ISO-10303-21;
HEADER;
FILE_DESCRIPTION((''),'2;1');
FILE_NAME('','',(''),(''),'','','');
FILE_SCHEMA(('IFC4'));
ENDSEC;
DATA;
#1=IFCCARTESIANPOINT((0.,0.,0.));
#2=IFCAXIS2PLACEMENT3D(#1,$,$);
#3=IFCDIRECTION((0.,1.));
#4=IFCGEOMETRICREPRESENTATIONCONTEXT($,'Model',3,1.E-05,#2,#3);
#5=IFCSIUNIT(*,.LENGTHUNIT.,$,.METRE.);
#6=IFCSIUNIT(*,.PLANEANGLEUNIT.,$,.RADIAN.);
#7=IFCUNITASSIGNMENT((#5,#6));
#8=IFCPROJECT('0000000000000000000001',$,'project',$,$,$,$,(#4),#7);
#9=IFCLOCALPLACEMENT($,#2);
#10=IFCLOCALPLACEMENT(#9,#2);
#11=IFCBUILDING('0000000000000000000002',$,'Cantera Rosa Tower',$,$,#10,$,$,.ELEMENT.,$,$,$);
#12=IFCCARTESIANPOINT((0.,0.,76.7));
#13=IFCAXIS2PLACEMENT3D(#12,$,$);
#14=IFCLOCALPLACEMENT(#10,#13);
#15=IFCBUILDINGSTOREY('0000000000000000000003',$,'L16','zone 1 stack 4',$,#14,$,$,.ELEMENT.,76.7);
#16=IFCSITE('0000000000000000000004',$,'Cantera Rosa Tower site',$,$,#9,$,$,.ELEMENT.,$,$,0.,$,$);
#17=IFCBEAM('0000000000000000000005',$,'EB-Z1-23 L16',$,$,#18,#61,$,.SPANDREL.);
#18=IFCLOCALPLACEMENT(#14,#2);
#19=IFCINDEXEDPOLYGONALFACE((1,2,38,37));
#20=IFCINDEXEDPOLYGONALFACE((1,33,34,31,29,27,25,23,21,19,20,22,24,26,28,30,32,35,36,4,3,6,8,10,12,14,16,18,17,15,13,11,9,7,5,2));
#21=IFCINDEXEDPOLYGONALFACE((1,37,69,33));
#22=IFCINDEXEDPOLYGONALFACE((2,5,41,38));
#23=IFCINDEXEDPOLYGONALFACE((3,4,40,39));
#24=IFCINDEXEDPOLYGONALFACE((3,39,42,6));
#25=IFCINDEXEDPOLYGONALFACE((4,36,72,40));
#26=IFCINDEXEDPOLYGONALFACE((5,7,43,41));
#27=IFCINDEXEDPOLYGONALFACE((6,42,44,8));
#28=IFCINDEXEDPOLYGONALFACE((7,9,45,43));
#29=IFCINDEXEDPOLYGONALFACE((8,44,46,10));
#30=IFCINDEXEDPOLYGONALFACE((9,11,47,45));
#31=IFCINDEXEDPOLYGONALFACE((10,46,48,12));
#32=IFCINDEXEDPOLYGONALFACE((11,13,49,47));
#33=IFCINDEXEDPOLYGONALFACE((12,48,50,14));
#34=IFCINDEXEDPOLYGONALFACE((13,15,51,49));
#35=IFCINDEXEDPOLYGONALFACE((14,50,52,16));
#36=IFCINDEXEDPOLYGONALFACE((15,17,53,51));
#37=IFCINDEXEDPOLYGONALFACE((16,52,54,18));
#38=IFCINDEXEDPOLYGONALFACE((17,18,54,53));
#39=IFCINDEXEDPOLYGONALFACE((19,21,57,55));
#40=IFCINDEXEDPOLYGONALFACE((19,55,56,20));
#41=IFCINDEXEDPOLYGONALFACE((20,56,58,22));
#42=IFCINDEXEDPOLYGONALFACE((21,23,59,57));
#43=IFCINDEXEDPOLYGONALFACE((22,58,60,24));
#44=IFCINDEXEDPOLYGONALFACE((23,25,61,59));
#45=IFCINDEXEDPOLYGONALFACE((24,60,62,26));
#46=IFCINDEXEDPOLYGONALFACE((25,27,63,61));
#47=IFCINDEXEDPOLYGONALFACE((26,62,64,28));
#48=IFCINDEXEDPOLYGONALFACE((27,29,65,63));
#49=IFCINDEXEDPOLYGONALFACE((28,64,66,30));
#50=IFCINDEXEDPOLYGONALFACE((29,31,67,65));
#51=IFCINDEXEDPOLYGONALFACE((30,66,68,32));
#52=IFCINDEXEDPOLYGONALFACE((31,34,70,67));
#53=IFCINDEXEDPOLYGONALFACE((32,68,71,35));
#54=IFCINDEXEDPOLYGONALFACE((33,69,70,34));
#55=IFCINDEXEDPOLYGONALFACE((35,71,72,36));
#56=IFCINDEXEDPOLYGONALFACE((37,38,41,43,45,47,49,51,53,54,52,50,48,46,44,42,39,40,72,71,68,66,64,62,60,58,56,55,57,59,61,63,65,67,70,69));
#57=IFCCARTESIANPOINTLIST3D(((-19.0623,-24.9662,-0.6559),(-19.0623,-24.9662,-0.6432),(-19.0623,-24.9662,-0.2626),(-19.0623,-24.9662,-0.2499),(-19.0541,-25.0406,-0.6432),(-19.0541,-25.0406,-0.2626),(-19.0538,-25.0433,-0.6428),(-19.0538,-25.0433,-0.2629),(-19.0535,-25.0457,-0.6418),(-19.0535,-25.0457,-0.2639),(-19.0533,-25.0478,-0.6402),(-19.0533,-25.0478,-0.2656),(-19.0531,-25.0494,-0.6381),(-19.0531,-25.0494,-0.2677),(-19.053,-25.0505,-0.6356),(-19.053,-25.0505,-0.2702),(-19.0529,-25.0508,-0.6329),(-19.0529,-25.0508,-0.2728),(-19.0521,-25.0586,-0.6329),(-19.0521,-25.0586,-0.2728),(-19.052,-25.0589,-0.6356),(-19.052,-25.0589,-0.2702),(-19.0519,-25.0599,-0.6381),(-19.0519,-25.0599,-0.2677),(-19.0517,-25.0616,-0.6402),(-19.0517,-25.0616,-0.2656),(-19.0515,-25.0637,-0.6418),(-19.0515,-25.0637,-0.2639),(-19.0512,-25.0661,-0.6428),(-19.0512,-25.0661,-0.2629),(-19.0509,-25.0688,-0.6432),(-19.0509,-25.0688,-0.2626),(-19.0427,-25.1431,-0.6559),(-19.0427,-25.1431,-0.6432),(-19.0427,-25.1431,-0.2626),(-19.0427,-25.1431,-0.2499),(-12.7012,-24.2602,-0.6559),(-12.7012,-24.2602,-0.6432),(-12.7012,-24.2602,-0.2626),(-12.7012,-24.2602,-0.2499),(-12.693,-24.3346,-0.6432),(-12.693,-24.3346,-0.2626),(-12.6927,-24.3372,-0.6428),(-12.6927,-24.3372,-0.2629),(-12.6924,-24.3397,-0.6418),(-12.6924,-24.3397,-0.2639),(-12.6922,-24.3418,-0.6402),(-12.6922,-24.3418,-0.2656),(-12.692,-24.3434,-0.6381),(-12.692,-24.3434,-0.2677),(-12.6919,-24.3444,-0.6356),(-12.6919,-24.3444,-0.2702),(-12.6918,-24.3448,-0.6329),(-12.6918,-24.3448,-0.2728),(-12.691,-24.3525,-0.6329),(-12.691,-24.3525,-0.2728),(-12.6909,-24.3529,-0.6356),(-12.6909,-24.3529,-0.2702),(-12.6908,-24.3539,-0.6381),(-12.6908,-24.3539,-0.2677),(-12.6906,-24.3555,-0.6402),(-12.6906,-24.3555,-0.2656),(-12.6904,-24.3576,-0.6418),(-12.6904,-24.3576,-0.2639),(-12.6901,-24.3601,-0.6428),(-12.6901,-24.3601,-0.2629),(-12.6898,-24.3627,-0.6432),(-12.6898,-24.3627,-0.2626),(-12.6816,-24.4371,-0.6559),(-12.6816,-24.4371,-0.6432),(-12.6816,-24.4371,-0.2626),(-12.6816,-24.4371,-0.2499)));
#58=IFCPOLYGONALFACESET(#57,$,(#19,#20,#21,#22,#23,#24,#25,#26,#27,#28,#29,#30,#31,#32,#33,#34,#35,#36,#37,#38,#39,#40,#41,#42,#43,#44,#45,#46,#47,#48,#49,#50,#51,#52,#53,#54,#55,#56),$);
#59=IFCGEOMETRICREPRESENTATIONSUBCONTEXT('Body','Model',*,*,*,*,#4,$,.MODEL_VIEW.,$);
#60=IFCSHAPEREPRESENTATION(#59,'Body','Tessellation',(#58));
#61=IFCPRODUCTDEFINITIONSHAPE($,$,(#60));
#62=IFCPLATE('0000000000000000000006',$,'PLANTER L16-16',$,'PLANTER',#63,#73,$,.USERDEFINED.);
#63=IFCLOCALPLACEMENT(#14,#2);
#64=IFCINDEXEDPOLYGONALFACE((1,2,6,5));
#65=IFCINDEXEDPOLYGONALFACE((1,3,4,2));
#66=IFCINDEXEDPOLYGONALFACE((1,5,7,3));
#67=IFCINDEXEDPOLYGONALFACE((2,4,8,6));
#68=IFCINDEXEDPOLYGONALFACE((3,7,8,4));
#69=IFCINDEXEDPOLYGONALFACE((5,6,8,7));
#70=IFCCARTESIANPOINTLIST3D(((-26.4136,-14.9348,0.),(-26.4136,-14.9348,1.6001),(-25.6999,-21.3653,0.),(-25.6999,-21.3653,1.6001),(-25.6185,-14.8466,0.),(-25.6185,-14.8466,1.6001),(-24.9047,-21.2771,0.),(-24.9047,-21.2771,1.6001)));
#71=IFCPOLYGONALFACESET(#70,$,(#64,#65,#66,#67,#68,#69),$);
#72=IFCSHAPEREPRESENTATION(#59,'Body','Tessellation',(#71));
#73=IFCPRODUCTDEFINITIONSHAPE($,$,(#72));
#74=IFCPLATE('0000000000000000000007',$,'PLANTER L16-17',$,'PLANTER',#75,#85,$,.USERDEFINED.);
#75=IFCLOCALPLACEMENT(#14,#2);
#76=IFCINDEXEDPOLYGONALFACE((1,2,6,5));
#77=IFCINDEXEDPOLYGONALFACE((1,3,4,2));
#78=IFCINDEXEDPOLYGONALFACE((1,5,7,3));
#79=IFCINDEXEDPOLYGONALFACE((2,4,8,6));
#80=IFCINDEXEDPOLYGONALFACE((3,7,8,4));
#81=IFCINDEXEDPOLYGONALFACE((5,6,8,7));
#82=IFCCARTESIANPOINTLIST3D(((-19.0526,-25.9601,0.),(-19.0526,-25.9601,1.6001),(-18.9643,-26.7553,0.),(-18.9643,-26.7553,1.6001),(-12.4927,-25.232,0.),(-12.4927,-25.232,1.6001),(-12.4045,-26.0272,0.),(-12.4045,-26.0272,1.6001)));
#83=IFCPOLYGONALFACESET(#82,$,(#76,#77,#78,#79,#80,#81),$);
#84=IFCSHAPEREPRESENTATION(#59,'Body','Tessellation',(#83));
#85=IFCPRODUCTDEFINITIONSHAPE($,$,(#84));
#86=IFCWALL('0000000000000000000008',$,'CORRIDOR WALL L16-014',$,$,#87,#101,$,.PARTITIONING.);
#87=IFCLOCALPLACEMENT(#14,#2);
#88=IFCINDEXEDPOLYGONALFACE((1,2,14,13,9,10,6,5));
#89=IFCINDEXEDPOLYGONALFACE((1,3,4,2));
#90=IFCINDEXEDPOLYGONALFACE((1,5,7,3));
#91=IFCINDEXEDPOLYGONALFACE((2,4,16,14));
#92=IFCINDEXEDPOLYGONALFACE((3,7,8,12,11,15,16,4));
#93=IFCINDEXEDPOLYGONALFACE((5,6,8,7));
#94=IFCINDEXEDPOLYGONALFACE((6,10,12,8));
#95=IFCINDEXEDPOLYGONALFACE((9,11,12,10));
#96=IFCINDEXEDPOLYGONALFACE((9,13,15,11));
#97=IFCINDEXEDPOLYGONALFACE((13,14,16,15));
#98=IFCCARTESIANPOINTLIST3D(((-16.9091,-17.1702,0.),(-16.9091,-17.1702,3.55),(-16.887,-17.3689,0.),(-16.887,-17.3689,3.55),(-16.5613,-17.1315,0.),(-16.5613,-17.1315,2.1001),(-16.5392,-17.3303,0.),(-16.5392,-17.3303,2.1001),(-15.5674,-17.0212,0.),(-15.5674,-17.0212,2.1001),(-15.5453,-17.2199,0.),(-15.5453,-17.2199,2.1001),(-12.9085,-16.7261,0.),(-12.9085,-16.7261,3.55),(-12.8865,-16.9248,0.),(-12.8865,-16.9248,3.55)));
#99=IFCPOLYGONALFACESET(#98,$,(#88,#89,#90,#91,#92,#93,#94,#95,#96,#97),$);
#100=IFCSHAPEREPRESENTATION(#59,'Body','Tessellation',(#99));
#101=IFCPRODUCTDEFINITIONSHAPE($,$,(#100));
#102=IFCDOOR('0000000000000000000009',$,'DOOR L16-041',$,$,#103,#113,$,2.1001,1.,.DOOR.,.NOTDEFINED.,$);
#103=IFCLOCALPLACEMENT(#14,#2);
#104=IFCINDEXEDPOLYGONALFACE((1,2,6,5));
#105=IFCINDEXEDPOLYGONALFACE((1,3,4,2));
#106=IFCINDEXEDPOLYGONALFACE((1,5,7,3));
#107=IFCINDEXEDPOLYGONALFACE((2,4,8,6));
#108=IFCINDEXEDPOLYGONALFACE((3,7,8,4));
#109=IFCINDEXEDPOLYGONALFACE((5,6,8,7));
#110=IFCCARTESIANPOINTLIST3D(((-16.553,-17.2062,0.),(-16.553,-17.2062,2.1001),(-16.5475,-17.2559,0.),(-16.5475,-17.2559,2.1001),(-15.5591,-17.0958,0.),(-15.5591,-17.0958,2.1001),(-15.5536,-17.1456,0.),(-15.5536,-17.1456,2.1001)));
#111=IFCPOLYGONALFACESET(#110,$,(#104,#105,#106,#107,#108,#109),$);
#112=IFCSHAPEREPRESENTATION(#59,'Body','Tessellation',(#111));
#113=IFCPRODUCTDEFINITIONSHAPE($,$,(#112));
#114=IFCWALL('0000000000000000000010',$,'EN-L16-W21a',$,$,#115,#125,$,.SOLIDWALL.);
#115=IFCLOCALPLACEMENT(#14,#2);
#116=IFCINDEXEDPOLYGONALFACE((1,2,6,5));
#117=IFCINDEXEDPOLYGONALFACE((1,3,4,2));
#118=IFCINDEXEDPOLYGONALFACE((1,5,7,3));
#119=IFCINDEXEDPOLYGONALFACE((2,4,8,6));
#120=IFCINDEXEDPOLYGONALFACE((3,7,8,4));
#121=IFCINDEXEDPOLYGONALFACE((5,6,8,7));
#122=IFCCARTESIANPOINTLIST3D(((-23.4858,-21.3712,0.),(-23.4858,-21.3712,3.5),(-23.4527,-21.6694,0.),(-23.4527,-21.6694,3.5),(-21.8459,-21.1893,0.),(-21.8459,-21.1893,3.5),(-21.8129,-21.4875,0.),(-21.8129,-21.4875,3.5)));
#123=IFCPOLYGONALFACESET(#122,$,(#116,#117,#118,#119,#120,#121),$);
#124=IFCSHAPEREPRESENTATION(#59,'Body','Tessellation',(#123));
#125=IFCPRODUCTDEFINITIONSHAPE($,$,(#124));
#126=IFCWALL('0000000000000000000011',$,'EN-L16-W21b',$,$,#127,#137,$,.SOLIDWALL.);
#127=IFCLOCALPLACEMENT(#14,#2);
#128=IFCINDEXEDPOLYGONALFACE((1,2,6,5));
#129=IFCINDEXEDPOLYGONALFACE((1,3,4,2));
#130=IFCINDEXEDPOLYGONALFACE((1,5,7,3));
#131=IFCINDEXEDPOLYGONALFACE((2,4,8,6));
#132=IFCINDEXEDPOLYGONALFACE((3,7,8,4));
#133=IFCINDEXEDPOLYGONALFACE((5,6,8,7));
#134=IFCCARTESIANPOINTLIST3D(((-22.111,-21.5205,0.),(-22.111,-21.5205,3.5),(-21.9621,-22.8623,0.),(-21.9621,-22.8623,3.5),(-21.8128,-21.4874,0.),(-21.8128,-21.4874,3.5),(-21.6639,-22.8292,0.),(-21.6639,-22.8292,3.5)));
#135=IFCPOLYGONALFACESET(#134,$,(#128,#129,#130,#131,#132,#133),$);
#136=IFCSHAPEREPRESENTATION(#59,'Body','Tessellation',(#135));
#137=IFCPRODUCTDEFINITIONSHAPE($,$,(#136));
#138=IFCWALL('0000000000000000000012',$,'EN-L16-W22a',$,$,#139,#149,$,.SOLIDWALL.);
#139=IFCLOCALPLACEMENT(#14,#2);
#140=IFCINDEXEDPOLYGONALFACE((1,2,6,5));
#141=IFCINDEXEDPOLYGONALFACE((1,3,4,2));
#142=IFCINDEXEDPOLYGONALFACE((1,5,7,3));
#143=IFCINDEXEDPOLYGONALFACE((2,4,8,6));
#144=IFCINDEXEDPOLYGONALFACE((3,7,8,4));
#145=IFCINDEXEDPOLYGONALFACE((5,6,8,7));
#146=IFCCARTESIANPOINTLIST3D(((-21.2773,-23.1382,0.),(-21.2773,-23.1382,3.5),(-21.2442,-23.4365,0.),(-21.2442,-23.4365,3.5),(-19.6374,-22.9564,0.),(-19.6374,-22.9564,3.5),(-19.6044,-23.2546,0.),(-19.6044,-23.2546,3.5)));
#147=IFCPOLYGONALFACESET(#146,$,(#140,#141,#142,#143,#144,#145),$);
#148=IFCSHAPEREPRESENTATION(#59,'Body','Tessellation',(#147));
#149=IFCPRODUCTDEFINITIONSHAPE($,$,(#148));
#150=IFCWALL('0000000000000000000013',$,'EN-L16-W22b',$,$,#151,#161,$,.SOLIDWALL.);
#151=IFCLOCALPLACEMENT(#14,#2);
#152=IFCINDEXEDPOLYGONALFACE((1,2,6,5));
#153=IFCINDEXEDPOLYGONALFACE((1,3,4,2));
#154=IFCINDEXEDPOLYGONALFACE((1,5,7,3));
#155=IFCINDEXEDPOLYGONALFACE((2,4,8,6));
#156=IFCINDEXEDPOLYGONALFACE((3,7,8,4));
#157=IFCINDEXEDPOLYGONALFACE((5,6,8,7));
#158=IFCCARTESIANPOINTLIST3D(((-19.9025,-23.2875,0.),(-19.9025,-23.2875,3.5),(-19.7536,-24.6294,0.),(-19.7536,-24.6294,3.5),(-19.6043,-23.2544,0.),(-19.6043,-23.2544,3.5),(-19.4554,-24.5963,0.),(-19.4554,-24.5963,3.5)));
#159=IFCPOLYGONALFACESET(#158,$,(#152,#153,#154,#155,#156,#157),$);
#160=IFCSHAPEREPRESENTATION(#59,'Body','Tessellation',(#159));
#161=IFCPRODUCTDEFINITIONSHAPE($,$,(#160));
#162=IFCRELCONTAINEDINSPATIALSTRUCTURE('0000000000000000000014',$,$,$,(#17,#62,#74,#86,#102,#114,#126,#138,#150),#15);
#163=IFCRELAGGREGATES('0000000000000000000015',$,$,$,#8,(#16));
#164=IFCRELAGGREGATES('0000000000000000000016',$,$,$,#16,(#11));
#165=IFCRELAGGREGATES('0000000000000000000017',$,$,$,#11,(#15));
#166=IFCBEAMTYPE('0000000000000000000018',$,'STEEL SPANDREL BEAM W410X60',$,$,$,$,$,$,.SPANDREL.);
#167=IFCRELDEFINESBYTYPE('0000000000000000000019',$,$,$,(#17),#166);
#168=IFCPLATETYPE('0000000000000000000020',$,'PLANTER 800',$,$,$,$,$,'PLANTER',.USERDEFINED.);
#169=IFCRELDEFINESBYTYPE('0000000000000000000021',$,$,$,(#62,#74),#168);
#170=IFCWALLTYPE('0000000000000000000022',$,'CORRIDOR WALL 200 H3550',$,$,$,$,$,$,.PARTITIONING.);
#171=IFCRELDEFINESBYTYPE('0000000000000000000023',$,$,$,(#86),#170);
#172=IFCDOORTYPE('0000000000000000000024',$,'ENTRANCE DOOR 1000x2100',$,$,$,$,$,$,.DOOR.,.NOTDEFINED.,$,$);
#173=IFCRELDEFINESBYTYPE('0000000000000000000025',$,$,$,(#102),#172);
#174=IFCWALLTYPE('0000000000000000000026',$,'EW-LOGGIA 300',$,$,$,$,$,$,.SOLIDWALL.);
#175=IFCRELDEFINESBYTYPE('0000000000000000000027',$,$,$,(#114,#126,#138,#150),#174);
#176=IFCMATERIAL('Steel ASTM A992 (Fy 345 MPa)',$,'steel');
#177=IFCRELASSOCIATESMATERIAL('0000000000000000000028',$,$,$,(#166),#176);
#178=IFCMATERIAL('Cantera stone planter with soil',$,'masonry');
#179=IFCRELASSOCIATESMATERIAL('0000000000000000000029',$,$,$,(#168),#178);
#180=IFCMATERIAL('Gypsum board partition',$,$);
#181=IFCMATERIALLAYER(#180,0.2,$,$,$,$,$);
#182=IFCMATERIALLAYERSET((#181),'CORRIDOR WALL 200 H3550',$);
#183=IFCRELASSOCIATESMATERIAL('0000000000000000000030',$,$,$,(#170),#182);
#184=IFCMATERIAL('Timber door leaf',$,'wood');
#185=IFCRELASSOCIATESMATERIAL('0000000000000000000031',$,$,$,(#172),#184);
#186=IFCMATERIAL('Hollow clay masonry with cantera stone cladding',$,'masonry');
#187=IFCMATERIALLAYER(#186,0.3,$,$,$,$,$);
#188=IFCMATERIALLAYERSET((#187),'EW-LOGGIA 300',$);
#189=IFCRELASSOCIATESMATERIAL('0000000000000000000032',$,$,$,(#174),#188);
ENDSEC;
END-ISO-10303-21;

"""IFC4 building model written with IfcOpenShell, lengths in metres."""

from ifc_helpers import new_model, si_unit, direction, frame, frame_2d, origin, origin_2d, place, context, subcontext, project, spatial, rectangle, i_section, extrude, material, layer, layer_set, material_profile, profile_set, type_object, element, fill, save


model = new_model("IFC4")

# Units and contexts
model_context = context("Model", 3, precision=1e-05, world=origin(), true_north=direction((0.0, 1.0)))
body_context = subcontext(model_context, "Body", "Model", "MODEL_VIEW")
ifc_project = project(units=[si_unit("LENGTHUNIT", "METRE"), si_unit("PLANEANGLEUNIT", "RADIAN")], contexts=[model_context])

# Site, building, storey
site_placement = place(None, origin())
site = spatial("IfcSite", under=ifc_project, at=site_placement, Name="Cantera Rosa Tower site", CompositionType="ELEMENT", RefElevation=0.0)
building_placement = place(site_placement, origin())
building = spatial("IfcBuilding", under=site, at=building_placement, Name="Cantera Rosa Tower", CompositionType="ELEMENT")
storey_placement = place(building_placement, frame((0.0, 0.0, 76.7)))
storey = spatial("IfcBuildingStorey", under=building, at=storey_placement, Name="L16", Description="zone 1 stack 4", CompositionType="ELEMENT", Elevation=76.7)

# Beam
ifc_material_1 = material(Name="Steel ASTM A992 (Fy 345 MPa)", Category="steel")
ifc_material_profile_1 = material_profile(ifc_material_1, i_section(OverallWidth=0.178, OverallDepth=0.406, WebThickness=0.0078, FlangeThickness=0.0127, FilletRadius=0.0103, at=origin_2d()), Name="W410X60")
ifc_profile_set_1 = profile_set([ifc_material_profile_1], Name="Steel ASTM A992 (Fy 345 MPa)")
beam_type_1 = type_object("IfcBeamType", Name="STEEL SPANDREL BEAM W410X60", PredefinedType="SPANDREL", material=ifc_profile_set_1)
beam_1_placement = place(storey_placement, frame((-19.0525, -25.0547, -0.4529), z_axis=(0.993896, 0.110318, 0.0), x_axis=(-0.110318, 0.993896, 0.0)))
element("IfcBeam", 1, at=beam_1_placement, inside=storey, type_object=beam_type_1, Name="EB-Z1-23 L16", PredefinedType="SPANDREL", context=body_context, shape_type="SweptSolid", body=[
    extrude(i_section(OverallWidth=0.178, OverallDepth=0.406, WebThickness=0.0078, FlangeThickness=0.0127, FilletRadius=0.0103, at=origin_2d()), origin(), (0.0, 0.0, 1.0), 6.4001),
])

# Plates
ifc_material_2 = material(Name="Cantera stone planter with soil", Category="masonry")
plate_type = type_object("IfcPlateType", Name="PLANTER 800", ElementType="PLANTER", PredefinedType="USERDEFINED", material=ifc_material_2)
plate_1_placement = place(storey_placement, frame((-25.6592, -18.106, 0.0), z_axis=(0.0, 0.0, 1.0), x_axis=(0.110313, -0.993897, 0.0)))
element("IfcPlate", 2, at=plate_1_placement, inside=storey, type_object=plate_type, Name="PLANTER L16-16", ObjectType="PLANTER", PredefinedType="USERDEFINED", context=body_context, shape_type="SweptSolid", body=[
    extrude(rectangle(XDim=6.47, YDim=0.8, at=origin_2d()), origin(), (0.0, 0.0, 1.0), 1.6001),
])
plate_2_placement = place(storey_placement, frame((-15.7285, -25.9937, 0.0), z_axis=(0.0, 0.0, 1.0), x_axis=(0.993897, 0.110313, 0.0)))
element("IfcPlate", 3, at=plate_2_placement, inside=storey, type_object=plate_type, Name="PLANTER L16-17", ObjectType="PLANTER", PredefinedType="USERDEFINED", context=body_context, shape_type="SweptSolid", body=[
    extrude(rectangle(XDim=6.6001, YDim=0.8, at=origin_2d()), origin(), (0.0, 0.0, 1.0), 1.6001),
])

# Wall, opening, door
ifc_material_3 = material(Name="Gypsum board partition")
ifc_layer_1 = layer(ifc_material_3, 0.2)
ifc_layer_set_1 = layer_set([ifc_layer_1], Name="CORRIDOR WALL 200 H3550")
wall_type_1 = type_object("IfcWallType", Name="CORRIDOR WALL 200 H3550", PredefinedType="PARTITIONING", material=ifc_layer_set_1)
wall_1_placement = place(storey_placement, frame((-16.8982, -17.2695, 0.0), z_axis=(0.0, 0.0, 1.0), x_axis=(0.993895, 0.110332, 0.0)))
wall_1 = element("IfcWall", 4, at=wall_1_placement, inside=storey, type_object=wall_type_1, Name="CORRIDOR WALL L16-014", PredefinedType="PARTITIONING", context=body_context, shape_type="SweptSolid", body=[
    extrude(rectangle(XDim=4.0251, YDim=0.2, at=frame_2d((2.0127, 0.0))), origin(), (0.0, 0.0, 1.0), 3.55),
])
opening_1_placement = place(wall_1_placement, frame((0.3501, 0.0, 0.0)))
opening_1 = element("IfcOpeningElement", 5, at=opening_1_placement, cuts=wall_1, PredefinedType="OPENING", context=body_context, shape_type="SweptSolid", body=[
    extrude(rectangle(XDim=1.0, YDim=2.1001, at=frame_2d((0.5, 1.05))), frame((0.0, 0.1099, 0.0), z_axis=(0.0, -1.0, 0.0), x_axis=(1.0, 0.0, 0.0)), (0.0, 0.0, 1.0), 0.22),
])
ifc_material_4 = material(Name="Timber door leaf", Category="wood")
door_type_1 = type_object("IfcDoorType", Name="ENTRANCE DOOR 1000x2100", OperationType="NOTDEFINED", PredefinedType="DOOR", material=ifc_material_4)
door_1_placement = place(opening_1_placement, origin())
door_1 = element("IfcDoor", 6, at=door_1_placement, inside=storey, type_object=door_type_1, Name="DOOR L16-041", OperationType="NOTDEFINED", OverallHeight=2.1001, OverallWidth=1.0, PredefinedType="DOOR", context=body_context, shape_type="SweptSolid", body=[
    extrude(rectangle(XDim=1.0, YDim=2.1001, at=frame_2d((0.5, 1.05))), frame((0.0, 0.0249, 0.0), z_axis=(0.0, -1.0, 0.0), x_axis=(1.0, 0.0, 0.0)), (0.0, 0.0, 1.0), 0.05),
])
fill(opening_1, door_1)

# Walls
ifc_material_5 = material(Name="Hollow clay masonry with cantera stone cladding", Category="masonry")
ifc_layer_2 = layer(ifc_material_5, 0.3)
ifc_layer_set_2 = layer_set([ifc_layer_2], Name="EW-LOGGIA 300")
wall_type_2 = type_object("IfcWallType", Name="EW-LOGGIA 300", PredefinedType="SOLIDWALL", material=ifc_layer_set_2)
wall_2_placement = place(storey_placement, frame((-23.4692, -21.5203, 0.0), z_axis=(0.0, 0.0, 1.0), x_axis=(0.993905, 0.110237, 0.0)))
element("IfcWall", 7, at=wall_2_placement, inside=storey, type_object=wall_type_2, Name="EN-L16-W21a", PredefinedType="SOLIDWALL", context=body_context, shape_type="SweptSolid", body=[
    extrude(rectangle(XDim=1.6499, YDim=0.3, at=frame_2d((0.825, 0.0))), origin(), (0.0, 0.0, 1.0), 3.5),
])
wall_3_placement = place(storey_placement, frame((-21.9619, -21.5039, 0.0), z_axis=(0.0, 0.0, 1.0), x_axis=(0.110312, -0.993897, 0.0)))
element("IfcWall", 8, at=wall_3_placement, inside=storey, type_object=wall_type_2, Name="EN-L16-W21b", PredefinedType="SOLIDWALL", context=body_context, shape_type="SweptSolid", body=[
    extrude(rectangle(XDim=1.3501, YDim=0.3, at=frame_2d((0.675, 0.0))), origin(), (0.0, 0.0, 1.0), 3.5),
])
wall_4_placement = place(storey_placement, frame((-21.2607, -23.2874, 0.0), z_axis=(0.0, 0.0, 1.0), x_axis=(0.993905, 0.110237, 0.0)))
element("IfcWall", 9, at=wall_4_placement, inside=storey, type_object=wall_type_2, Name="EN-L16-W22a", PredefinedType="SOLIDWALL", context=body_context, shape_type="SweptSolid", body=[
    extrude(rectangle(XDim=1.6499, YDim=0.3, at=frame_2d((0.825, 0.0))), origin(), (0.0, 0.0, 1.0), 3.5),
])
wall_5_placement = place(storey_placement, frame((-19.7534, -23.271, 0.0), z_axis=(0.0, 0.0, 1.0), x_axis=(0.110312, -0.993897, 0.0)))
element("IfcWall", 10, at=wall_5_placement, inside=storey, type_object=wall_type_2, Name="EN-L16-W22b", PredefinedType="SOLIDWALL", context=body_context, shape_type="SweptSolid", body=[
    extrude(rectangle(XDim=1.3501, YDim=0.3, at=frame_2d((0.675, 0.0))), origin(), (0.0, 0.0, 1.0), 3.5),
])

save(model, "model.ifc")
